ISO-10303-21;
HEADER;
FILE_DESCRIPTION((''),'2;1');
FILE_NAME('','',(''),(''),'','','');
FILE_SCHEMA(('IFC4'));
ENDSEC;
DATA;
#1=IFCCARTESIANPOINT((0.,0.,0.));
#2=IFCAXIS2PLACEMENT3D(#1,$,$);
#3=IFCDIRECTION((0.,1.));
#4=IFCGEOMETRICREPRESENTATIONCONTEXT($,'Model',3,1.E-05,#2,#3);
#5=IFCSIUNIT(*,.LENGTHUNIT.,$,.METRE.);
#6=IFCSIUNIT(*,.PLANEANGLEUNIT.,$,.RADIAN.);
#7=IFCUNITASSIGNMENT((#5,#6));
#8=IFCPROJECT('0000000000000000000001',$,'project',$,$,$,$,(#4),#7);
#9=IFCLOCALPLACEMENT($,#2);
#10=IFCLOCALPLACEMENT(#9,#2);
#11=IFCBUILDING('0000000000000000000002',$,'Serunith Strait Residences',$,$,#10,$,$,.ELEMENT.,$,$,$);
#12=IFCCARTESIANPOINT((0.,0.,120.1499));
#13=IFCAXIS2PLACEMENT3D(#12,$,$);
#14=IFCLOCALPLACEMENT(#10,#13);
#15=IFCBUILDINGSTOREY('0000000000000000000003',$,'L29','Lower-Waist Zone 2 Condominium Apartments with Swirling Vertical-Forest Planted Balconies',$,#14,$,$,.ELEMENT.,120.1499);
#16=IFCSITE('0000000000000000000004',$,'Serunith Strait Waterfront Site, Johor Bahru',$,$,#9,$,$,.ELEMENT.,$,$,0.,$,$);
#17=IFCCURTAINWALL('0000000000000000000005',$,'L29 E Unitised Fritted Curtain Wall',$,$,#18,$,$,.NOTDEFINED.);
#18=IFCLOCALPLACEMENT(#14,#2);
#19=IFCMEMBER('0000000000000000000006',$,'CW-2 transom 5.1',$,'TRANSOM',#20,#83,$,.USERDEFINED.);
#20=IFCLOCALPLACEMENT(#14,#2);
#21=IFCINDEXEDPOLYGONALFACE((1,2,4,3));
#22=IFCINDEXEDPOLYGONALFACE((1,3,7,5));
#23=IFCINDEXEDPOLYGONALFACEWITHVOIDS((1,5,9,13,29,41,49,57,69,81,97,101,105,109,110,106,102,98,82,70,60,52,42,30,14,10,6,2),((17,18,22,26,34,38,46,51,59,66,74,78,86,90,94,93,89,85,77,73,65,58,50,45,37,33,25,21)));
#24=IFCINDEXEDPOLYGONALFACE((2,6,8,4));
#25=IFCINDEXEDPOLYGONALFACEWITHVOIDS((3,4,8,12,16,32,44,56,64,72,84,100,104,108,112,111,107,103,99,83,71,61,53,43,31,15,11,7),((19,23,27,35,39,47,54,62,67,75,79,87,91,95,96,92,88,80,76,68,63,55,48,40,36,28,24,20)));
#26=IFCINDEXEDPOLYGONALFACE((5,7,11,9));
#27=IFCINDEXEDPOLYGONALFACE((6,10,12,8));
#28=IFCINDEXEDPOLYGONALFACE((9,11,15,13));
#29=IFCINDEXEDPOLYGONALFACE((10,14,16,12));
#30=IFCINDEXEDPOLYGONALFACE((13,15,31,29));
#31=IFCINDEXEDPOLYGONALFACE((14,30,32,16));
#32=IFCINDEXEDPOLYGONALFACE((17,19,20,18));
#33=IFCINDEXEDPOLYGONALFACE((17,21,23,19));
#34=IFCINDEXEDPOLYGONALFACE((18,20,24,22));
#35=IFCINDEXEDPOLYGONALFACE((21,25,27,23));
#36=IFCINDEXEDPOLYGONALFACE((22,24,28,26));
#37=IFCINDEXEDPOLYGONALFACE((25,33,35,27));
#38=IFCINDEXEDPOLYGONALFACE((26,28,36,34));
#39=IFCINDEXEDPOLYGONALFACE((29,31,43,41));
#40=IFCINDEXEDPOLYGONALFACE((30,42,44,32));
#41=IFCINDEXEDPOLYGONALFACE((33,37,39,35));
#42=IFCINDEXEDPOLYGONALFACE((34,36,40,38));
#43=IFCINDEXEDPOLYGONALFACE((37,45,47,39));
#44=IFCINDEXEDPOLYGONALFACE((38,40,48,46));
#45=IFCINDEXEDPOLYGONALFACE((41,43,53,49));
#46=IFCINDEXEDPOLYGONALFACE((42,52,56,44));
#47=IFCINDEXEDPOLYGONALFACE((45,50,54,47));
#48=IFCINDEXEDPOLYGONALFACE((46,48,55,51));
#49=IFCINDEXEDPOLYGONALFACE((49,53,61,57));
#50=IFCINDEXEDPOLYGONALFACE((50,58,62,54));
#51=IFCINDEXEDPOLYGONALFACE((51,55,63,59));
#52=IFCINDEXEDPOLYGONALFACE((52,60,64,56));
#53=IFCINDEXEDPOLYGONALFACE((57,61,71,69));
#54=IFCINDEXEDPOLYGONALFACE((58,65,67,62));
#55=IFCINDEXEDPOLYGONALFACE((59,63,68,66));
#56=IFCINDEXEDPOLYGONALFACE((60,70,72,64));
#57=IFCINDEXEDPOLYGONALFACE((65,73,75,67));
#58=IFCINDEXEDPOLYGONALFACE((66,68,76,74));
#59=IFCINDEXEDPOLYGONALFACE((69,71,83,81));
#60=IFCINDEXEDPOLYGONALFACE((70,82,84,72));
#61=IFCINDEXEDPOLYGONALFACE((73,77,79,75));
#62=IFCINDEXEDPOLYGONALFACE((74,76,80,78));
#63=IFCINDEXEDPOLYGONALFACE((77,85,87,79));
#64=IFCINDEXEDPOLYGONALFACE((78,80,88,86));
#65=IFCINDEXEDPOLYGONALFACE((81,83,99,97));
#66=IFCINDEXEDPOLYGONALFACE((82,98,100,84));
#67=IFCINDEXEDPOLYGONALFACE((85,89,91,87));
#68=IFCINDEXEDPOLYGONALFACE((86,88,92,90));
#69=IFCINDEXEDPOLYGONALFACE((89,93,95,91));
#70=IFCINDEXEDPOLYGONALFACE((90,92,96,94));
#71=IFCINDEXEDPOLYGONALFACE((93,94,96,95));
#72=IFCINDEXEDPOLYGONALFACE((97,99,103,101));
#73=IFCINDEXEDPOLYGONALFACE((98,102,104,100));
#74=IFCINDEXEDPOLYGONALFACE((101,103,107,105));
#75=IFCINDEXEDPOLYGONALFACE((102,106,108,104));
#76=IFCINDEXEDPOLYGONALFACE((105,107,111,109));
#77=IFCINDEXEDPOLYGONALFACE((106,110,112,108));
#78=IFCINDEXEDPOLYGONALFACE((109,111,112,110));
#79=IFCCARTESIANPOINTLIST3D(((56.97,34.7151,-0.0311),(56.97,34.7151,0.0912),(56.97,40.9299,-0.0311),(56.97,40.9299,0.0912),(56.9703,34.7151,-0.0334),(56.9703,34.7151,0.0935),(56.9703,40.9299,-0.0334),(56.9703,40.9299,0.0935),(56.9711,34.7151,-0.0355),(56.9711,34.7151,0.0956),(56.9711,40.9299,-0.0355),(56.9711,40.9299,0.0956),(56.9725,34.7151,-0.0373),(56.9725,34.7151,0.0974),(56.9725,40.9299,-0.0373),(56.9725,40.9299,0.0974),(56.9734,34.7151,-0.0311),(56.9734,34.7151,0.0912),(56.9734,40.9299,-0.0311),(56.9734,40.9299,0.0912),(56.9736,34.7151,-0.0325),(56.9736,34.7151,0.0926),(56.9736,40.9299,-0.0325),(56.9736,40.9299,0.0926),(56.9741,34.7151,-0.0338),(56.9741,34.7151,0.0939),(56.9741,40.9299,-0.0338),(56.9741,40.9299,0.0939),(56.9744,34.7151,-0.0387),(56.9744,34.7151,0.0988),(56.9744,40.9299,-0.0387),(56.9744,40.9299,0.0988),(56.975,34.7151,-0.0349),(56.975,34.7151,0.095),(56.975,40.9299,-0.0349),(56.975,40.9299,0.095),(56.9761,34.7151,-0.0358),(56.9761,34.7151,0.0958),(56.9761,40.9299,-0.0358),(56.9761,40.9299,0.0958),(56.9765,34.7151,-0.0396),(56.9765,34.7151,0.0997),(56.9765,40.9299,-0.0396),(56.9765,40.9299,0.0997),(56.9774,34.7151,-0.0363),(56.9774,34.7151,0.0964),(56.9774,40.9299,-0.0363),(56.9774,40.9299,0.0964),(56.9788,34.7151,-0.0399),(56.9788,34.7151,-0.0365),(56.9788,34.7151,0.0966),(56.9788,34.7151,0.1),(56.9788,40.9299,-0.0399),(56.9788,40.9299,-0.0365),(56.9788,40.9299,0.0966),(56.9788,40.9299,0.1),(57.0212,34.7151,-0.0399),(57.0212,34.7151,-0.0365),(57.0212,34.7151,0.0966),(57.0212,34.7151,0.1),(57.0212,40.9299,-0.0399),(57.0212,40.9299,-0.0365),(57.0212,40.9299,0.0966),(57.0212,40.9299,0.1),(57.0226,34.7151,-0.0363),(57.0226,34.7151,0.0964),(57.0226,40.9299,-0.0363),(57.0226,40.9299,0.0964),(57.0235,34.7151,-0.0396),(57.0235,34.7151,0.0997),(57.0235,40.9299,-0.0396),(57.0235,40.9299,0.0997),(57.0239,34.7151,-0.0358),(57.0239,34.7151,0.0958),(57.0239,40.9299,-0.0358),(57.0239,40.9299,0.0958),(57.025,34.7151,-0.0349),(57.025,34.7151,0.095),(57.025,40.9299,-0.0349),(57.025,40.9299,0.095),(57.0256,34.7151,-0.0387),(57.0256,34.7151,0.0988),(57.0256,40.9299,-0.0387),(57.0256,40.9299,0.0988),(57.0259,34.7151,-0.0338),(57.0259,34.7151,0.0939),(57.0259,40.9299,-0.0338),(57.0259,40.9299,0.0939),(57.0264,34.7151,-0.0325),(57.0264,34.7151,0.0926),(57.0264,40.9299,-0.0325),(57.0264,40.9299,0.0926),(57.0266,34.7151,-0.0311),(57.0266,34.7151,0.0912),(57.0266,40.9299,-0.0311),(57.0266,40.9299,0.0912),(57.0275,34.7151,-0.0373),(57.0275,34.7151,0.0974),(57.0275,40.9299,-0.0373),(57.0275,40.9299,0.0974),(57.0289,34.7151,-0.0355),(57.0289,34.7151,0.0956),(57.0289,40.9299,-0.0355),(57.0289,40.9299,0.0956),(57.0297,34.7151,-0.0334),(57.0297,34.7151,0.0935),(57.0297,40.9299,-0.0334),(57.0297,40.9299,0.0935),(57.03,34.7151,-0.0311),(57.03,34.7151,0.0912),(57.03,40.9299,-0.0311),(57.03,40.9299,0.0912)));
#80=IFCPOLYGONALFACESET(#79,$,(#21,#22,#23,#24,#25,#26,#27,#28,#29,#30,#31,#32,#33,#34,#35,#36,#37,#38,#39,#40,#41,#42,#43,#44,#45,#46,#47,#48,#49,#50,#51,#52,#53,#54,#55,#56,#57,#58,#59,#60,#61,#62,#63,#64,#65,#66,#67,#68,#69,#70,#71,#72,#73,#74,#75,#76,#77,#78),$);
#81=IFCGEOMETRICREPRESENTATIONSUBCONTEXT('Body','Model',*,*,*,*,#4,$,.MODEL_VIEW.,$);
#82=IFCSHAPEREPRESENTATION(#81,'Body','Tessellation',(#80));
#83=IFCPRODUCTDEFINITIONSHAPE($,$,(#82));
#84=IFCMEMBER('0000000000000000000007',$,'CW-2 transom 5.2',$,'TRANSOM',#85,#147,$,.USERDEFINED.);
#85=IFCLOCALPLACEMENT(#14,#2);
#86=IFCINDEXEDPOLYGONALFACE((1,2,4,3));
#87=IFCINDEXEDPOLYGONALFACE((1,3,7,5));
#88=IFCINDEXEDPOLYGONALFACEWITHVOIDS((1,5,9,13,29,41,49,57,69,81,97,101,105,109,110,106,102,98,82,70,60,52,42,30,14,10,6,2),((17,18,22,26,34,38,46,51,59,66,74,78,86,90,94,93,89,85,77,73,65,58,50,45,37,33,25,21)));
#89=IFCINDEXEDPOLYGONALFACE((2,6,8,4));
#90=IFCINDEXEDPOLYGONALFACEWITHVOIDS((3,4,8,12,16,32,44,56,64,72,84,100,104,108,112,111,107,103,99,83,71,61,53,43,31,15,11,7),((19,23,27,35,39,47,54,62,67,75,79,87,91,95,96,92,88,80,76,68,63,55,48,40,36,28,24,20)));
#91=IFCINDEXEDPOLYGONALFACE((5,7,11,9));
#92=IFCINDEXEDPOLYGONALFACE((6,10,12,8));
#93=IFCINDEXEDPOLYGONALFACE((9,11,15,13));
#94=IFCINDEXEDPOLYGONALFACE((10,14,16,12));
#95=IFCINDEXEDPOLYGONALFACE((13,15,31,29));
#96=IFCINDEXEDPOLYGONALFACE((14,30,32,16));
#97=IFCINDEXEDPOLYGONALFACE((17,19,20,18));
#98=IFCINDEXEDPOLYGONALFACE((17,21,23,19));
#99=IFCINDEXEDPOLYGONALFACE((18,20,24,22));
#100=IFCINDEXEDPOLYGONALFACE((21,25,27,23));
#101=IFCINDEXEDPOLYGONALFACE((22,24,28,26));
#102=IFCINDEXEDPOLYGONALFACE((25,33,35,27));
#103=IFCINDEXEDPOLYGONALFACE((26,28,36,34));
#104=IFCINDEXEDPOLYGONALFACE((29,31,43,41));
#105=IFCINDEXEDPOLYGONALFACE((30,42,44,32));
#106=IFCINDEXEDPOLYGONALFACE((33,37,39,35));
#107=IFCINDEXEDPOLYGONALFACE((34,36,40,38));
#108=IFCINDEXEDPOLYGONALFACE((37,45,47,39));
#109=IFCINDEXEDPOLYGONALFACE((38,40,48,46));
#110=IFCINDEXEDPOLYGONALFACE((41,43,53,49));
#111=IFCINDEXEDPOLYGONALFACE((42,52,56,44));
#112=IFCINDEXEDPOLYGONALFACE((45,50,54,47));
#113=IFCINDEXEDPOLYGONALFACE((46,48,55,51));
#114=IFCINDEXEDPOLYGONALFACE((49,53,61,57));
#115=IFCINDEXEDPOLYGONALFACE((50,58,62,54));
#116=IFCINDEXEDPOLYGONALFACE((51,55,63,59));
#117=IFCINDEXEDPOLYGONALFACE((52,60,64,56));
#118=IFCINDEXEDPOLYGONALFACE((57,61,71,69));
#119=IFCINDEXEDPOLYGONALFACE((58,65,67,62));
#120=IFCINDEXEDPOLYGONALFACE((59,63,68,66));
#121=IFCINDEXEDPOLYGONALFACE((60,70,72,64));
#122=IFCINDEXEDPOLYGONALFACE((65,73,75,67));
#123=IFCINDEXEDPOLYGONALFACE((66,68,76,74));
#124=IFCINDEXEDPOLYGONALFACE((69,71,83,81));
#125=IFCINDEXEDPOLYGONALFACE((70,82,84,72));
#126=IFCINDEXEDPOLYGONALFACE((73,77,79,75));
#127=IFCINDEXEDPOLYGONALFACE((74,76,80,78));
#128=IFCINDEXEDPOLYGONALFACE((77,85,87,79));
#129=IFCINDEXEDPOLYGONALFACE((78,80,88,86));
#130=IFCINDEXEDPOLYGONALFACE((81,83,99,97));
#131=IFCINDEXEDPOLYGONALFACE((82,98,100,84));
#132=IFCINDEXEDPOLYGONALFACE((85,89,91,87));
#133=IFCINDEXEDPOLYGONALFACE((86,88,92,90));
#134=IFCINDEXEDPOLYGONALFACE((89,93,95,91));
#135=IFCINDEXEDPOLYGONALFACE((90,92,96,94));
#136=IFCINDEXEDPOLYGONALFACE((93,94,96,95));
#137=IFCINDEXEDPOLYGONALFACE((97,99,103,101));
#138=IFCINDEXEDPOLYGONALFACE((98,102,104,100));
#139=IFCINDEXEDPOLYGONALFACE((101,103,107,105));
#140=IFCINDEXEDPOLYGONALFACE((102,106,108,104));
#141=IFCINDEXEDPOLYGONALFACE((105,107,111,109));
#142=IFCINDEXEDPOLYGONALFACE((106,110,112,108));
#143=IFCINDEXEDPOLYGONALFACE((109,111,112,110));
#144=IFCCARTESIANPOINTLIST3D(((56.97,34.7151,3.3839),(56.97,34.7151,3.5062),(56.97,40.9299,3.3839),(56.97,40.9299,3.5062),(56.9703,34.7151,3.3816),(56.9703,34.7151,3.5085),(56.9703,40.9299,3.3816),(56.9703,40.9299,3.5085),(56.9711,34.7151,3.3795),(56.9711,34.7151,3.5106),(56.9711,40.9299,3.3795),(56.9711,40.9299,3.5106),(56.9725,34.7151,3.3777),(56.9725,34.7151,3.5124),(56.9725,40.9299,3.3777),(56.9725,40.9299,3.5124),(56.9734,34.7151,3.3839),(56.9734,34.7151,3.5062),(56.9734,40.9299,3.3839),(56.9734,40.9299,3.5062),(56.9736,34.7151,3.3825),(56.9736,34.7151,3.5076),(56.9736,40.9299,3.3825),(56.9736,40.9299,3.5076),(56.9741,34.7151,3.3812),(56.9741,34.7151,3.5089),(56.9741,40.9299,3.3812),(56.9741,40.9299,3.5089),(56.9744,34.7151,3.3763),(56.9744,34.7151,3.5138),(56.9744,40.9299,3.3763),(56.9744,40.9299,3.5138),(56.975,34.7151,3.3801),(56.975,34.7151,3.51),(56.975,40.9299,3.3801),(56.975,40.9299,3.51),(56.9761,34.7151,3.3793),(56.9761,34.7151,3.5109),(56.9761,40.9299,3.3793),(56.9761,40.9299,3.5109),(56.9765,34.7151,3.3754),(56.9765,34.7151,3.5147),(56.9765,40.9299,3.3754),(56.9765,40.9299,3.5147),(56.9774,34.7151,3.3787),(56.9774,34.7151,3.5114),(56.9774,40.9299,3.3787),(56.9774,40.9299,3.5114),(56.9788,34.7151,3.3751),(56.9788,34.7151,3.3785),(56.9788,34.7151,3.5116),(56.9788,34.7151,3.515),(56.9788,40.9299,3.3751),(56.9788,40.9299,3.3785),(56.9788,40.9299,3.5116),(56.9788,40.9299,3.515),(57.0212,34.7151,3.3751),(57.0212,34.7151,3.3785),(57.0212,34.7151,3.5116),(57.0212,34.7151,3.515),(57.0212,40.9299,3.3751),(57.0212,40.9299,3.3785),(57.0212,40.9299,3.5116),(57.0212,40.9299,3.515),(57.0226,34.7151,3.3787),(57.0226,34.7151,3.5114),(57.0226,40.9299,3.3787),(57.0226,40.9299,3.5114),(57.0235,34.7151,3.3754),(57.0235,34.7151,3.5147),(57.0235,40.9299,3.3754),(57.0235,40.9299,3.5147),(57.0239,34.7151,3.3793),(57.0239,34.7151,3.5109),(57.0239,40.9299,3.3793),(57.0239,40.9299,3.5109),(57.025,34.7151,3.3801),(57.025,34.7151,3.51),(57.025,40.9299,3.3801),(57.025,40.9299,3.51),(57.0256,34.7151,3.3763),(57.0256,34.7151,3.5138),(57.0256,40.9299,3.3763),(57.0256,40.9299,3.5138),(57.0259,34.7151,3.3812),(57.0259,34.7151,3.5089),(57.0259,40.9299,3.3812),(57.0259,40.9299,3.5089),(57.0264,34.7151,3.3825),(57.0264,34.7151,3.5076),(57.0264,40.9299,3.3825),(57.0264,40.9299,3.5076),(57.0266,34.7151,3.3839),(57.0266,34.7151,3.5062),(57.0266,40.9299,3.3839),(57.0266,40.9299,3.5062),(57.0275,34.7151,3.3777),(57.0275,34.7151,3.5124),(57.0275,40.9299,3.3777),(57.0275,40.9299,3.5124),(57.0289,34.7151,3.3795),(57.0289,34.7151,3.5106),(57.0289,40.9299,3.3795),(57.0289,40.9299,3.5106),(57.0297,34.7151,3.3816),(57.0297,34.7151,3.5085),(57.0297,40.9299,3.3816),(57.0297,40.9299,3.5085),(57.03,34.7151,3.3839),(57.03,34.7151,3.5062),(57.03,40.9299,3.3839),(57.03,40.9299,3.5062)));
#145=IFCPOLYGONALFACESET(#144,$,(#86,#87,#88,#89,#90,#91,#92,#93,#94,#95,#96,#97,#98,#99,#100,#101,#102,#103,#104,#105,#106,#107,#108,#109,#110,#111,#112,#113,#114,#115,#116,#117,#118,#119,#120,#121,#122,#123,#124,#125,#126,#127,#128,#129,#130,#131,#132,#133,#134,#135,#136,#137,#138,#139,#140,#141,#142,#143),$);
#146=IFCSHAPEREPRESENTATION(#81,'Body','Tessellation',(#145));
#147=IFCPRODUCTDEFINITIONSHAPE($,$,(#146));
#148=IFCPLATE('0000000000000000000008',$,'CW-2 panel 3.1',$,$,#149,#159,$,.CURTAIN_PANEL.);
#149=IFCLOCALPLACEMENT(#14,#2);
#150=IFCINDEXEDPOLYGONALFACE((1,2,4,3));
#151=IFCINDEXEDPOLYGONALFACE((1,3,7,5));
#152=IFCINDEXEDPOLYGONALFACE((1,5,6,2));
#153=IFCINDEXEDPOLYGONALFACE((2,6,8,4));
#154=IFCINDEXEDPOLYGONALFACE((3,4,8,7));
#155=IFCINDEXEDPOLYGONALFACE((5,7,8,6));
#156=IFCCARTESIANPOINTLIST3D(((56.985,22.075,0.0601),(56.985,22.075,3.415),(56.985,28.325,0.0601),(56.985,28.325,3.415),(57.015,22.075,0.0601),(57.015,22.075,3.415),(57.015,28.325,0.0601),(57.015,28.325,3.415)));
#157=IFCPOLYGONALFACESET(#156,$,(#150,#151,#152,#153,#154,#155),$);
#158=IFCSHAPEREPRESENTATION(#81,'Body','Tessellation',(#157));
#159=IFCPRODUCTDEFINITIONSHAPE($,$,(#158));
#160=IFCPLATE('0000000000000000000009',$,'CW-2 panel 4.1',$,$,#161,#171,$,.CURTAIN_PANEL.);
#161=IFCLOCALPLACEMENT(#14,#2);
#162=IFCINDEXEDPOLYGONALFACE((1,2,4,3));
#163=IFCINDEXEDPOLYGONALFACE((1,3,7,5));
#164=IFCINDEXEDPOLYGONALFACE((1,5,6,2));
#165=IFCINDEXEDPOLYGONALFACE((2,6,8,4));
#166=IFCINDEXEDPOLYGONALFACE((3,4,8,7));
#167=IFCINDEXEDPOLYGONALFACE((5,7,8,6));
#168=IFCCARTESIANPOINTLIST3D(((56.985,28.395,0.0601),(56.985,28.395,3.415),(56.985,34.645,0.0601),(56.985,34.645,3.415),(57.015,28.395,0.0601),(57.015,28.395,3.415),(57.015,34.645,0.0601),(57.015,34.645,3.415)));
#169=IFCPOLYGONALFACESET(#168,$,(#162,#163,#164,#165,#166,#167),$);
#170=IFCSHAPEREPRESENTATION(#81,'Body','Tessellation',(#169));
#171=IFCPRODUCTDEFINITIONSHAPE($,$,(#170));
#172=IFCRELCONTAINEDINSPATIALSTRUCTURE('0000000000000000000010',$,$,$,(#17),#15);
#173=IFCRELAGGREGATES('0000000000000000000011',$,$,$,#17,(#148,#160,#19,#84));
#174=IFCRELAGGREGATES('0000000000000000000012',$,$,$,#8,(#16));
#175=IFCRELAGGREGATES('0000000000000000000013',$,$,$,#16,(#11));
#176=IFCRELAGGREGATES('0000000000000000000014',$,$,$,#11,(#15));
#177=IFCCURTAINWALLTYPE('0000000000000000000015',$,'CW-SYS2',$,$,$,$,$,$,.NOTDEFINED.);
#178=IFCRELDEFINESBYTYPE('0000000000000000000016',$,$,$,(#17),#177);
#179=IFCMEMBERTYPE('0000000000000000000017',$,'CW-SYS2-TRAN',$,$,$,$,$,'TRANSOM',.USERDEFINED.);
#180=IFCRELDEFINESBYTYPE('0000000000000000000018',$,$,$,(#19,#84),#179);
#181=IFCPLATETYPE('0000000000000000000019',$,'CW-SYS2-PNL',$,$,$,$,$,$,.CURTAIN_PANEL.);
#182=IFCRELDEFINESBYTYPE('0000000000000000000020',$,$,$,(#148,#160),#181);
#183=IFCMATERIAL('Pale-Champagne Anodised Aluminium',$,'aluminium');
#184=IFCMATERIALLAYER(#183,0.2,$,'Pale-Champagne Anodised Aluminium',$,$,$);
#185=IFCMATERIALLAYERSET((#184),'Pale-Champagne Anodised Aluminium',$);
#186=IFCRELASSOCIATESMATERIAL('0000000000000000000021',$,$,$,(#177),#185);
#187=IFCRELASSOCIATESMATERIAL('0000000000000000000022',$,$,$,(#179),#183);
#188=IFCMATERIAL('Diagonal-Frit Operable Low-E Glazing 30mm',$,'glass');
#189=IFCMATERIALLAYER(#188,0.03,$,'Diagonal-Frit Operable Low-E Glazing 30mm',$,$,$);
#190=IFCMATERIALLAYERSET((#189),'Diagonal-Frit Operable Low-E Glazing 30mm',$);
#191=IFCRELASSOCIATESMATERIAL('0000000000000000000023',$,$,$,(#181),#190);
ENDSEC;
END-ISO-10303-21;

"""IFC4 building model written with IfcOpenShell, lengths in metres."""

from ifc_helpers import new_model, si_unit, direction, frame, origin, origin_2d, place, context, subcontext, project, spatial, rectangle, hollow_rectangle, extrude, source, transform, mapped, material, layer, layer_set, material_profile, profile_set, type_object, element, aggregate, save


model = new_model("IFC4")

# Units and contexts
model_context = context("Model", 3, precision=1e-05, world=origin(), true_north=direction((0.0, 1.0)))
body_context = subcontext(model_context, "Body", "Model", "MODEL_VIEW")
ifc_project = project(units=[si_unit("LENGTHUNIT", "METRE"), si_unit("PLANEANGLEUNIT", "RADIAN")], contexts=[model_context])

# Site, building, storey
site_placement = place(None, origin())
site = spatial("IfcSite", under=ifc_project, at=site_placement, Name="Serunith Strait Waterfront Site, Johor Bahru", CompositionType="ELEMENT", RefElevation=0.0)
building_placement = place(site_placement, origin())
building = spatial("IfcBuilding", under=site, at=building_placement, Name="Serunith Strait Residences", CompositionType="ELEMENT")
storey_placement = place(building_placement, frame((0.0, 0.0, 120.1499)))
storey = spatial("IfcBuildingStorey", under=building, at=storey_placement, Name="L29", Description="Lower-Waist Zone 2 Condominium Apartments with Swirling Vertical-Forest Planted Balconies", CompositionType="ELEMENT", Elevation=120.1499)

# Curtain wall, members, plates
ifc_material_1 = material(Name="Pale-Champagne Anodised Aluminium", Category="aluminium")
ifc_layer_1 = layer(ifc_material_1, 0.2, Name="Pale-Champagne Anodised Aluminium")
ifc_layer_set_1 = layer_set([ifc_layer_1], Name="Pale-Champagne Anodised Aluminium")
curtain_wall_type = type_object("IfcCurtainWallType", Name="CW-SYS2", PredefinedType="NOTDEFINED", material=ifc_layer_set_1)
curtain_wall_placement = place(storey_placement, origin())
curtain_wall = element("IfcCurtainWall", 1, at=curtain_wall_placement, inside=storey, type_object=curtain_wall_type, Name="L29 E Unitised Fritted Curtain Wall", PredefinedType="NOTDEFINED")
ifc_material_profile_1 = material_profile(ifc_material_1, hollow_rectangle(XDim=0.0601, YDim=0.1399, WallThickness=0.0034, InnerFilletRadius=0.0054, OuterFilletRadius=0.0088, at=origin_2d()), Name="ALU 140x60x3.5")
ifc_profile_set_1 = profile_set([ifc_material_profile_1], Name="Pale-Champagne Anodised Aluminium")
member_type_1 = type_object("IfcMemberType", Name="CW-SYS2-TRAN", ElementType="TRANSOM", PredefinedType="USERDEFINED", material=ifc_profile_set_1)
shared_shape_1 = source(origin(), body_context, "Body", "SweptSolid", [
    extrude(hollow_rectangle(XDim=0.0601, YDim=0.1399, WallThickness=0.0034, InnerFilletRadius=0.0054, OuterFilletRadius=0.0088, at=origin_2d()), origin(), (0.0, 0.0, 1.0), 6.2148),
])
member_1_placement = place(storey_placement, frame((57.0, 34.7151, 0.03), z_axis=(0.0, 1.0, 0.0), x_axis=(-1.0, 0.0, 0.0)))
member_1 = element("IfcMember", 2, at=member_1_placement, type_object=member_type_1, Name="CW-2 transom 5.1", ObjectType="TRANSOM", PredefinedType="USERDEFINED", context=body_context, shape_type="MappedRepresentation", body=[
    mapped(shared_shape_1, transform((0.0, 0.0, 0.0), scale=1.0)),
])
member_2_placement = place(storey_placement, frame((57.0, 34.7151, 3.4451), z_axis=(0.0, 1.0, 0.0), x_axis=(-1.0, 0.0, 0.0)))
member_2 = element("IfcMember", 3, at=member_2_placement, type_object=member_type_1, Name="CW-2 transom 5.2", ObjectType="TRANSOM", PredefinedType="USERDEFINED", context=body_context, shape_type="MappedRepresentation", body=[
    mapped(shared_shape_1, transform((0.0, 0.0, 0.0), scale=1.0)),
])
ifc_material_2 = material(Name="Diagonal-Frit Operable Low-E Glazing 30mm", Category="glass")
ifc_layer_2 = layer(ifc_material_2, 0.03, Name="Diagonal-Frit Operable Low-E Glazing 30mm")
ifc_layer_set_2 = layer_set([ifc_layer_2], Name="Diagonal-Frit Operable Low-E Glazing 30mm")
plate_type = type_object("IfcPlateType", Name="CW-SYS2-PNL", PredefinedType="CURTAIN_PANEL", material=ifc_layer_set_2)
shared_shape_2 = source(origin(), body_context, "Body", "SweptSolid", [
    extrude(rectangle(XDim=6.25, YDim=0.03, at=origin_2d()), origin(), (0.0, 0.0, 1.0), 3.355),
])
plate_1_placement = place(storey_placement, frame((57.0, 25.2, 0.0601), z_axis=(0.0, 0.0, 1.0), x_axis=(0.0, 1.0, 0.0)))
plate_1 = element("IfcPlate", 4, at=plate_1_placement, type_object=plate_type, Name="CW-2 panel 3.1", PredefinedType="CURTAIN_PANEL", context=body_context, shape_type="MappedRepresentation", body=[
    mapped(shared_shape_2, transform((0.0, 0.0, 0.0), scale=1.0)),
])
plate_2_placement = place(storey_placement, frame((57.0, 31.52, 0.0601), z_axis=(0.0, 0.0, 1.0), x_axis=(0.0, 1.0, 0.0)))
plate_2 = element("IfcPlate", 5, at=plate_2_placement, type_object=plate_type, Name="CW-2 panel 4.1", PredefinedType="CURTAIN_PANEL", context=body_context, shape_type="MappedRepresentation", body=[
    mapped(shared_shape_2, transform((0.0, 0.0, 0.0), scale=1.0)),
])
aggregate(curtain_wall, [plate_1, plate_2, member_1, member_2])

save(model, "model.ifc")
